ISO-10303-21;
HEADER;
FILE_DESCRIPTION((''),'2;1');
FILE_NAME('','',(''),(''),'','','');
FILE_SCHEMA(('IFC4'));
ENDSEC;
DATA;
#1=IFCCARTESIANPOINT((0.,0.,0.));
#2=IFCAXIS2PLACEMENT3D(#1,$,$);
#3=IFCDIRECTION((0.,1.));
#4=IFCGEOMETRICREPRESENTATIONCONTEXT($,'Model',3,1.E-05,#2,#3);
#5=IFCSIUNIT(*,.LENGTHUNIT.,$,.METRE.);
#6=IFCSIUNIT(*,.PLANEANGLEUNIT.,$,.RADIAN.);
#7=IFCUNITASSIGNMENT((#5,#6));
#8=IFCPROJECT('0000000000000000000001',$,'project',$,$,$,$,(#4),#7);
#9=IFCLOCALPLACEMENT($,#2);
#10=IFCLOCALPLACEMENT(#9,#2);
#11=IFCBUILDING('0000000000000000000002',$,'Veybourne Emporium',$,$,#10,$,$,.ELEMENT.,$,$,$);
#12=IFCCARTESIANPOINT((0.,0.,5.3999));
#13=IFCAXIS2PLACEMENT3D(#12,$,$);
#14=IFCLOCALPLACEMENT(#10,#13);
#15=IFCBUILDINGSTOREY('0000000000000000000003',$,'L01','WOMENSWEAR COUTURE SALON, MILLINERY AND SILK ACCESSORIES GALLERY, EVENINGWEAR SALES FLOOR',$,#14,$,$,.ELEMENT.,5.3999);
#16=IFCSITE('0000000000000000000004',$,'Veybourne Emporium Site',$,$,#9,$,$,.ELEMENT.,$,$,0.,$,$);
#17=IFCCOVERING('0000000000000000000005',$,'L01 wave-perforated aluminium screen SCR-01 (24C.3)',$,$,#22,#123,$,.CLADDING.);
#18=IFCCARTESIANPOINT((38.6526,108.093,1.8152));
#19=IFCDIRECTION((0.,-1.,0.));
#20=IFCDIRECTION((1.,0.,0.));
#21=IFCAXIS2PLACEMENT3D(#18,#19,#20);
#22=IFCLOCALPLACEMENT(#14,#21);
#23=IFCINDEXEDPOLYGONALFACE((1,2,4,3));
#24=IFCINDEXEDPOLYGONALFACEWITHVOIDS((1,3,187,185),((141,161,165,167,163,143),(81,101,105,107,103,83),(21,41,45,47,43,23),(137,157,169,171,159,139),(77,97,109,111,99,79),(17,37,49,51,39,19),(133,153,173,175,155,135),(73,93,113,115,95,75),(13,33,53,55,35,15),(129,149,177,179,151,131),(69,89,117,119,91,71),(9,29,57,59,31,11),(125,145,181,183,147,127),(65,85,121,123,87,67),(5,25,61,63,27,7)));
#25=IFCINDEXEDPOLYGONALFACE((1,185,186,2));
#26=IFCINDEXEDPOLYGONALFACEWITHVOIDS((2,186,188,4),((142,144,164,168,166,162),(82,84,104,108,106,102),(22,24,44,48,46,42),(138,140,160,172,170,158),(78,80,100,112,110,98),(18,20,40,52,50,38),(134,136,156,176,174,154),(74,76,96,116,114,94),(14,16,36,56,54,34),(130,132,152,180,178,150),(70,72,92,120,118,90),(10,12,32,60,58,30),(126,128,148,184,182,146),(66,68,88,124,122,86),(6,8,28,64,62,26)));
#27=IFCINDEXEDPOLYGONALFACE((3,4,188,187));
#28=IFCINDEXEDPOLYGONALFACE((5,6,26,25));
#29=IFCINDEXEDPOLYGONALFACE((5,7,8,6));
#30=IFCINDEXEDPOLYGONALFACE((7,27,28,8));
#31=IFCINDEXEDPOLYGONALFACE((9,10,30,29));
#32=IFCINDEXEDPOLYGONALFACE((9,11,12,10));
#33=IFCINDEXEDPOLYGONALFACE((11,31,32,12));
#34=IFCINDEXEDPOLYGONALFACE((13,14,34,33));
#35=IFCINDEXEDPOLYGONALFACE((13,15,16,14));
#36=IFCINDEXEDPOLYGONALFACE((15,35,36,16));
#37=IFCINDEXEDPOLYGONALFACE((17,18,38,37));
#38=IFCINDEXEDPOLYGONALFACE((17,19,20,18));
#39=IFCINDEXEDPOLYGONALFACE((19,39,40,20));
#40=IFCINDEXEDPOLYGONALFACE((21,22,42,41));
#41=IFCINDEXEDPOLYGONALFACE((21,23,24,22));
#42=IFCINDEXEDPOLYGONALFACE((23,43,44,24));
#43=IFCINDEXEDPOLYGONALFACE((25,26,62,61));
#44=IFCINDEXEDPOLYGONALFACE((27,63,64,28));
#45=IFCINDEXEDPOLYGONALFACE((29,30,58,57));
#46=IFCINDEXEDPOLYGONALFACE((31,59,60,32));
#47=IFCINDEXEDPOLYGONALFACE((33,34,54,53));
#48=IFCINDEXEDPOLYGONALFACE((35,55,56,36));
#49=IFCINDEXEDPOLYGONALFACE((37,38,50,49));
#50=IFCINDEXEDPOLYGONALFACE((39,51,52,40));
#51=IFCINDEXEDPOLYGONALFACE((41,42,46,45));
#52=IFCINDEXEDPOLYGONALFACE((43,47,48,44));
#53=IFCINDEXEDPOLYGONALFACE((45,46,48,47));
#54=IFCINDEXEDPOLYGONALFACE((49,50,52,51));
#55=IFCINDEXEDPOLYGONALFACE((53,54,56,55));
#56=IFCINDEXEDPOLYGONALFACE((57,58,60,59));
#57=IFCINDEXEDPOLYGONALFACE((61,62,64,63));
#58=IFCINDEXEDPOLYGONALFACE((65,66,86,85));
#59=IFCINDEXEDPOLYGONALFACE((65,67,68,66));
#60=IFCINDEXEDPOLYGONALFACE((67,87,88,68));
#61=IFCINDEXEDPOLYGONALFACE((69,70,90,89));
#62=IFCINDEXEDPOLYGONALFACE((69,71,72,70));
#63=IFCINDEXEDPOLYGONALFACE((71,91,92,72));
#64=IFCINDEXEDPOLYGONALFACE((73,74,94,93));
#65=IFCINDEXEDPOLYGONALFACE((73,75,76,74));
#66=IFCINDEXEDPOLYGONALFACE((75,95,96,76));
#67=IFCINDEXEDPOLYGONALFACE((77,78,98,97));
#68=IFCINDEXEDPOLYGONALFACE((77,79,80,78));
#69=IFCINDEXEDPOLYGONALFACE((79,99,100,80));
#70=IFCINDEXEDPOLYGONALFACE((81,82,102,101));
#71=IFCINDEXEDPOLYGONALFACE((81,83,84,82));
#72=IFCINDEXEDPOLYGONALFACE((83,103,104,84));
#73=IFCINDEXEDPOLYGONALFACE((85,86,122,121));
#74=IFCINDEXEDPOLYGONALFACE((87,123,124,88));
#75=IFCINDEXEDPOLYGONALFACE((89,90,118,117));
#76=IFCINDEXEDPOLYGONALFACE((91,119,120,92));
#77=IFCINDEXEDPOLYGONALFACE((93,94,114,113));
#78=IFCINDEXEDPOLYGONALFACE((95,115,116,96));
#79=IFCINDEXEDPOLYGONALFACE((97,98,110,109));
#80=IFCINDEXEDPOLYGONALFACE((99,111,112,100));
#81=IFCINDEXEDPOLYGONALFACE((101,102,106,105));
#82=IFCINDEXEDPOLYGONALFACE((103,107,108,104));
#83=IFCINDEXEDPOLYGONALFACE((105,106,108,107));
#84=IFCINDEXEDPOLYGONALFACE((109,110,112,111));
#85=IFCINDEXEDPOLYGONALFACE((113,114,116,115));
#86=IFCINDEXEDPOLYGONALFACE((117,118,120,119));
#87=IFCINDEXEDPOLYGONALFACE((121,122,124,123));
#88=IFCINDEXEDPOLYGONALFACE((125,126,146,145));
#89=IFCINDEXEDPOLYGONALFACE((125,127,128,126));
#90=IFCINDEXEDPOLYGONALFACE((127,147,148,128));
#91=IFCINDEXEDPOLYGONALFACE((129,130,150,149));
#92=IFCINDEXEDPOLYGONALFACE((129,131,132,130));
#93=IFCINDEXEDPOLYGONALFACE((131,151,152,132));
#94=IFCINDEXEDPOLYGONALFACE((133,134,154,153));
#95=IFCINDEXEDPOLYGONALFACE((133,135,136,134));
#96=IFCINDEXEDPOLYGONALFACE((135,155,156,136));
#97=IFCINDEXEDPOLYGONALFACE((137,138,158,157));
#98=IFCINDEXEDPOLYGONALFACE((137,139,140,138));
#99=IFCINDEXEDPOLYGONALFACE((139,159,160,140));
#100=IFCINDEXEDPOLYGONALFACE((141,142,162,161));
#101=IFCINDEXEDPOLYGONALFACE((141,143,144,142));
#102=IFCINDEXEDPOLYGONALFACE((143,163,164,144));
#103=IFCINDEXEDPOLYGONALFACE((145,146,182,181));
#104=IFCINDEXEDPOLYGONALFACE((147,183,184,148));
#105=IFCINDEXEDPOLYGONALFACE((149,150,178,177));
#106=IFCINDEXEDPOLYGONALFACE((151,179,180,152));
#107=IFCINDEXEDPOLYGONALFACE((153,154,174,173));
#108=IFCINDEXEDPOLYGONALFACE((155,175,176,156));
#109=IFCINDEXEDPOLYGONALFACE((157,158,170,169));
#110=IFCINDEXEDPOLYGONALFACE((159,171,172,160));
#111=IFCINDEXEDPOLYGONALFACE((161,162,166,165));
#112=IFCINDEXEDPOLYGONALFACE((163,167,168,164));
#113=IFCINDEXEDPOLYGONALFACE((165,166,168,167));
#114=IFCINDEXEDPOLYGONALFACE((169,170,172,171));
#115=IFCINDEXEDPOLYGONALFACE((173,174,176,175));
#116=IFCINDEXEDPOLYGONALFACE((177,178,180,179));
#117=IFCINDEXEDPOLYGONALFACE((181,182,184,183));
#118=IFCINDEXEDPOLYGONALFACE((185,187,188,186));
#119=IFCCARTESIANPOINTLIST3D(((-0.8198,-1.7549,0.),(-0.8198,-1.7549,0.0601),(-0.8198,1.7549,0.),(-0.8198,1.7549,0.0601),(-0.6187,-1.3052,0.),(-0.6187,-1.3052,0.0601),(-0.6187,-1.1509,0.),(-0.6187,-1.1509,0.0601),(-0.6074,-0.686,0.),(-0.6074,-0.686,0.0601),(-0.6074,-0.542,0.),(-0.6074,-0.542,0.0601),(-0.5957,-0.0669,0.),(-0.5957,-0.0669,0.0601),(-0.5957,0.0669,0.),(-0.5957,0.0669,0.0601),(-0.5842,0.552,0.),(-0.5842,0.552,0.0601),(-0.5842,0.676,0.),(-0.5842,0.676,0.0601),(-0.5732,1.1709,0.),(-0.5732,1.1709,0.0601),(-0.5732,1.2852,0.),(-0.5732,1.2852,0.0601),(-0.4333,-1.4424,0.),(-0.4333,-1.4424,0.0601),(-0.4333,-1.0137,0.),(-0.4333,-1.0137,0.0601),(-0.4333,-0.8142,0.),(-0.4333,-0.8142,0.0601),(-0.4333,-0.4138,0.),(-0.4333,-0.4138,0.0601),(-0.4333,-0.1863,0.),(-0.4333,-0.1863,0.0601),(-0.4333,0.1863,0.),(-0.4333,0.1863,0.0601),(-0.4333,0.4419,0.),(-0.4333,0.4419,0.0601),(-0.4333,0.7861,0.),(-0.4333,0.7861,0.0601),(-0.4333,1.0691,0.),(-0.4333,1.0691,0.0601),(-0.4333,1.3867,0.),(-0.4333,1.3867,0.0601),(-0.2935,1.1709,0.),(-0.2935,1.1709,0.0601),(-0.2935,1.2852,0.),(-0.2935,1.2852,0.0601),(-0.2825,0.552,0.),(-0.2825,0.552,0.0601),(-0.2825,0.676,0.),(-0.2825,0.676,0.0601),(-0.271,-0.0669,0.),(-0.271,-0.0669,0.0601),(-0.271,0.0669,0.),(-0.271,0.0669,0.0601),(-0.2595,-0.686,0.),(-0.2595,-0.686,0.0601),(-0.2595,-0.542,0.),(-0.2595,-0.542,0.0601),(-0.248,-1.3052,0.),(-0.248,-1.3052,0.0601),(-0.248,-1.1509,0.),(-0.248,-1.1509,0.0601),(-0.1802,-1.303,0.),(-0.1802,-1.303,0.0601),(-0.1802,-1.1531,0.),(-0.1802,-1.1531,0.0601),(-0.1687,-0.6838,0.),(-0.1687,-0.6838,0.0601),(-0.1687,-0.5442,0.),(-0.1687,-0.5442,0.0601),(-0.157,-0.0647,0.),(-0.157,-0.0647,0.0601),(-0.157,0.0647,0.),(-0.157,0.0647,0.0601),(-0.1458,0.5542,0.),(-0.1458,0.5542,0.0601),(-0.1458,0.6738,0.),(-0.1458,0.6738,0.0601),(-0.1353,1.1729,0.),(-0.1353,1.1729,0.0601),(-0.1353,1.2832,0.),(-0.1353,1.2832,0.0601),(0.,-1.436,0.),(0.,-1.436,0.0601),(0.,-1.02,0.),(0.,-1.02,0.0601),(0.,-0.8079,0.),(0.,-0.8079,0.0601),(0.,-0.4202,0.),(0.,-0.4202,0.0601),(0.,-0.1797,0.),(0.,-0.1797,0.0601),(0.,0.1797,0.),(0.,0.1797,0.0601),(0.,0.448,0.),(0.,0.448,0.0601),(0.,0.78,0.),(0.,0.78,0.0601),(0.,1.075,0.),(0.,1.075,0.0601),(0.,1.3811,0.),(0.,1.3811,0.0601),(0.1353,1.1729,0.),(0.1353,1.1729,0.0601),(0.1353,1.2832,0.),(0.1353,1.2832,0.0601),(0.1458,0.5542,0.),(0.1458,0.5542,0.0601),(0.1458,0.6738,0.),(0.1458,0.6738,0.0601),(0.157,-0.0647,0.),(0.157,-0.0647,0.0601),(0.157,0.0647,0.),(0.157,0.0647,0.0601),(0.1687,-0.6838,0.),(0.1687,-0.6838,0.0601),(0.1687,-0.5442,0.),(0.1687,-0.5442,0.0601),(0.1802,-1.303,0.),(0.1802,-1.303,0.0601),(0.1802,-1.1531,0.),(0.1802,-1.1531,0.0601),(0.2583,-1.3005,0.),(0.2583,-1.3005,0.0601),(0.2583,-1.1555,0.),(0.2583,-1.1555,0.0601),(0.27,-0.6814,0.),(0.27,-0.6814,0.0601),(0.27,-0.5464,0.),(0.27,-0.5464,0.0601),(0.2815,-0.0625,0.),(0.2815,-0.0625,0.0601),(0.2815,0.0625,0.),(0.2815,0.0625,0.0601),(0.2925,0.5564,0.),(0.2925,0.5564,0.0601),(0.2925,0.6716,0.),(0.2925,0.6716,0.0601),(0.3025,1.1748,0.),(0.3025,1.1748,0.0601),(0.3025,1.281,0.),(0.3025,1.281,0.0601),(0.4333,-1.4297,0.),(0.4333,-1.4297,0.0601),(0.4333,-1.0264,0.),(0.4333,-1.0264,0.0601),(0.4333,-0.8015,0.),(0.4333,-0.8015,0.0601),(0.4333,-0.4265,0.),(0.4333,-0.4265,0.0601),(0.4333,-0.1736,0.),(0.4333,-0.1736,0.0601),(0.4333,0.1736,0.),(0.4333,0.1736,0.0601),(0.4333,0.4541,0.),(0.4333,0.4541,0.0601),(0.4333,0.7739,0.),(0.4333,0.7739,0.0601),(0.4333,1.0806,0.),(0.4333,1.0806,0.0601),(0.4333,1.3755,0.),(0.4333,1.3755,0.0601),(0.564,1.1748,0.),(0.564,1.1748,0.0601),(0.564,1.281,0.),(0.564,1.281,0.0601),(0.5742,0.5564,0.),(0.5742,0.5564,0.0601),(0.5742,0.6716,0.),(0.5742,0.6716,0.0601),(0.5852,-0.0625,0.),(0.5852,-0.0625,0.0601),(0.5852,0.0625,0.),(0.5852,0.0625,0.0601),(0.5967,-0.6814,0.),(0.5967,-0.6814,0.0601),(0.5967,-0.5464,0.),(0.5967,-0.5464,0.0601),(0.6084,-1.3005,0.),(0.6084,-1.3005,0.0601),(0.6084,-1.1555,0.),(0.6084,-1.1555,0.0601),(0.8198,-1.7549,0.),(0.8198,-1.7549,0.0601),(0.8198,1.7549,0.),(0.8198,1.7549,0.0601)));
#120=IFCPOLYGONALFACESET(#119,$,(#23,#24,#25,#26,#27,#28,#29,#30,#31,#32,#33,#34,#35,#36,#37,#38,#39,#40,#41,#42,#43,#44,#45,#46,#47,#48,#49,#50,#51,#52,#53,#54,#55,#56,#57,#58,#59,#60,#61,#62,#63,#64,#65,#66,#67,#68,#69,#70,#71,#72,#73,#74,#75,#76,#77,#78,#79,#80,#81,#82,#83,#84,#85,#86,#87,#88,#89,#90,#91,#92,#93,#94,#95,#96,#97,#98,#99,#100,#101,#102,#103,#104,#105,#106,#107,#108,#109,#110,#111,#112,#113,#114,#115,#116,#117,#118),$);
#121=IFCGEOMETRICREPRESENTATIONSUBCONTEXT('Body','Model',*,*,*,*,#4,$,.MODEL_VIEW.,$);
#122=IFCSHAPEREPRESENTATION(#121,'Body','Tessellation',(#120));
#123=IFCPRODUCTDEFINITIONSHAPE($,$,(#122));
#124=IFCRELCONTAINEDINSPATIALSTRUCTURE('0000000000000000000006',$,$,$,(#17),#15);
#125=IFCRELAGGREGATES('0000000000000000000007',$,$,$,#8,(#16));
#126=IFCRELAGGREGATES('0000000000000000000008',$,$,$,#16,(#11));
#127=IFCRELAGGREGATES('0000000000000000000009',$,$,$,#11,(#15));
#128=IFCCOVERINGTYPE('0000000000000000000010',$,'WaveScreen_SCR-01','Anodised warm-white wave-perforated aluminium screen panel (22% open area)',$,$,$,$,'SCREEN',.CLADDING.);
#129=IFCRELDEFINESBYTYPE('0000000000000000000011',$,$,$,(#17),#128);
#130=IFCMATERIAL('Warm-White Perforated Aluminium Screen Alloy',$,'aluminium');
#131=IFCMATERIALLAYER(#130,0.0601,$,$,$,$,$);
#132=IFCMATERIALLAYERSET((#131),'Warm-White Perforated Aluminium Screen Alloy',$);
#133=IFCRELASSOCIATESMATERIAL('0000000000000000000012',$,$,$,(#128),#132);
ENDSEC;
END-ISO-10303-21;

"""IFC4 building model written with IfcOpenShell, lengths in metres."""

from ifc_helpers import new_model, si_unit, direction, frame, origin, place, context, subcontext, project, spatial, polyline, outline, extrude, material, layer, layer_set, type_object, element, save


model = new_model("IFC4")

# Units and contexts
model_context = context("Model", 3, precision=1e-05, world=origin(), true_north=direction((0.0, 1.0)))
body_context = subcontext(model_context, "Body", "Model", "MODEL_VIEW")
ifc_project = project(units=[si_unit("LENGTHUNIT", "METRE"), si_unit("PLANEANGLEUNIT", "RADIAN")], contexts=[model_context])

# Site, building, storey
site_placement = place(None, origin())
site = spatial("IfcSite", under=ifc_project, at=site_placement, Name="Veybourne Emporium Site", CompositionType="ELEMENT", RefElevation=0.0)
building_placement = place(site_placement, origin())
building = spatial("IfcBuilding", under=site, at=building_placement, Name="Veybourne Emporium", CompositionType="ELEMENT")
storey_placement = place(building_placement, frame((0.0, 0.0, 5.3999)))
storey = spatial("IfcBuildingStorey", under=building, at=storey_placement, Name="L01", Description="WOMENSWEAR COUTURE SALON, MILLINERY AND SILK ACCESSORIES GALLERY, EVENINGWEAR SALES FLOOR", CompositionType="ELEMENT", Elevation=5.3999)

# Covering
ifc_material_1 = material(Name="Warm-White Perforated Aluminium Screen Alloy", Category="aluminium")
ifc_layer_1 = layer(ifc_material_1, 0.0601)
ifc_layer_set_1 = layer_set([ifc_layer_1], Name="Warm-White Perforated Aluminium Screen Alloy")
covering_type_1 = type_object("IfcCoveringType", Name="WaveScreen_SCR-01", Description="Anodised warm-white wave-perforated aluminium screen panel (22% open area)", ElementType="SCREEN", PredefinedType="CLADDING", material=ifc_layer_set_1)
covering_1_placement = place(storey_placement, frame((38.6526, 108.093, 1.8152), z_axis=(0.0, -1.0, 0.0), x_axis=(1.0, 0.0, 0.0)))
element("IfcCovering", 1, at=covering_1_placement, inside=storey, type_object=covering_type_1, Name="L01 wave-perforated aluminium screen SCR-01 (24C.3)", PredefinedType="CLADDING", context=body_context, shape_type="SweptSolid", body=[
    extrude(outline(polyline([(-0.8198, -1.7549), (0.8198, -1.7549), (0.8198, 1.7549), (-0.8198, 1.7549), (-0.8198, -1.7549)]), holes=[polyline([(-0.4333, -1.0137), (-0.248, -1.1509), (-0.248, -1.3052), (-0.4333, -1.4424), (-0.6187, -1.3052), (-0.6187, -1.1509), (-0.4333, -1.0137)]), polyline([(-0.4333, -0.4138), (-0.2595, -0.542), (-0.2595, -0.686), (-0.4333, -0.8142), (-0.6074, -0.686), (-0.6074, -0.542), (-0.4333, -0.4138)]), polyline([(-0.4333, 0.1863), (-0.271, 0.0669), (-0.271, -0.0669), (-0.4333, -0.1863), (-0.5957, -0.0669), (-0.5957, 0.0669), (-0.4333, 0.1863)]), polyline([(-0.4333, 0.7861), (-0.2825, 0.676), (-0.2825, 0.552), (-0.4333, 0.4419), (-0.5842, 0.552), (-0.5842, 0.676), (-0.4333, 0.7861)]), polyline([(-0.4333, 1.3867), (-0.2935, 1.2852), (-0.2935, 1.1709), (-0.4333, 1.0691), (-0.5732, 1.1709), (-0.5732, 1.2852), (-0.4333, 1.3867)]), polyline([(0.0, -1.02), (0.1802, -1.1531), (0.1802, -1.303), (0.0, -1.436), (-0.1802, -1.303), (-0.1802, -1.1531), (0.0, -1.02)]), polyline([(0.0, -0.4202), (0.1687, -0.5442), (0.1687, -0.6838), (0.0, -0.8079), (-0.1687, -0.6838), (-0.1687, -0.5442), (0.0, -0.4202)]), polyline([(0.0, 0.1797), (0.157, 0.0647), (0.157, -0.0647), (0.0, -0.1797), (-0.157, -0.0647), (-0.157, 0.0647), (0.0, 0.1797)]), polyline([(0.0, 0.78), (0.1458, 0.6738), (0.1458, 0.5542), (0.0, 0.448), (-0.1458, 0.5542), (-0.1458, 0.6738), (0.0, 0.78)]), polyline([(0.0, 1.3811), (0.1353, 1.2832), (0.1353, 1.1729), (0.0, 1.075), (-0.1353, 1.1729), (-0.1353, 1.2832), (0.0, 1.3811)]), polyline([(0.4333, -1.0264), (0.6084, -1.1555), (0.6084, -1.3005), (0.4333, -1.4297), (0.2583, -1.3005), (0.2583, -1.1555), (0.4333, -1.0264)]), polyline([(0.4333, -0.4265), (0.5967, -0.5464), (0.5967, -0.6814), (0.4333, -0.8015), (0.27, -0.6814), (0.27, -0.5464), (0.4333, -0.4265)]), polyline([(0.4333, 0.1736), (0.5852, 0.0625), (0.5852, -0.0625), (0.4333, -0.1736), (0.2815, -0.0625), (0.2815, 0.0625), (0.4333, 0.1736)]), polyline([(0.4333, 0.7739), (0.5742, 0.6716), (0.5742, 0.5564), (0.4333, 0.4541), (0.2925, 0.5564), (0.2925, 0.6716), (0.4333, 0.7739)]), polyline([(0.4333, 1.3755), (0.564, 1.281), (0.564, 1.1748), (0.4333, 1.0806), (0.3025, 1.1748), (0.3025, 1.281), (0.4333, 1.3755)])]), origin(), (0.0, 0.0, 1.0), 0.0601),
])

save(model, "model.ifc")
